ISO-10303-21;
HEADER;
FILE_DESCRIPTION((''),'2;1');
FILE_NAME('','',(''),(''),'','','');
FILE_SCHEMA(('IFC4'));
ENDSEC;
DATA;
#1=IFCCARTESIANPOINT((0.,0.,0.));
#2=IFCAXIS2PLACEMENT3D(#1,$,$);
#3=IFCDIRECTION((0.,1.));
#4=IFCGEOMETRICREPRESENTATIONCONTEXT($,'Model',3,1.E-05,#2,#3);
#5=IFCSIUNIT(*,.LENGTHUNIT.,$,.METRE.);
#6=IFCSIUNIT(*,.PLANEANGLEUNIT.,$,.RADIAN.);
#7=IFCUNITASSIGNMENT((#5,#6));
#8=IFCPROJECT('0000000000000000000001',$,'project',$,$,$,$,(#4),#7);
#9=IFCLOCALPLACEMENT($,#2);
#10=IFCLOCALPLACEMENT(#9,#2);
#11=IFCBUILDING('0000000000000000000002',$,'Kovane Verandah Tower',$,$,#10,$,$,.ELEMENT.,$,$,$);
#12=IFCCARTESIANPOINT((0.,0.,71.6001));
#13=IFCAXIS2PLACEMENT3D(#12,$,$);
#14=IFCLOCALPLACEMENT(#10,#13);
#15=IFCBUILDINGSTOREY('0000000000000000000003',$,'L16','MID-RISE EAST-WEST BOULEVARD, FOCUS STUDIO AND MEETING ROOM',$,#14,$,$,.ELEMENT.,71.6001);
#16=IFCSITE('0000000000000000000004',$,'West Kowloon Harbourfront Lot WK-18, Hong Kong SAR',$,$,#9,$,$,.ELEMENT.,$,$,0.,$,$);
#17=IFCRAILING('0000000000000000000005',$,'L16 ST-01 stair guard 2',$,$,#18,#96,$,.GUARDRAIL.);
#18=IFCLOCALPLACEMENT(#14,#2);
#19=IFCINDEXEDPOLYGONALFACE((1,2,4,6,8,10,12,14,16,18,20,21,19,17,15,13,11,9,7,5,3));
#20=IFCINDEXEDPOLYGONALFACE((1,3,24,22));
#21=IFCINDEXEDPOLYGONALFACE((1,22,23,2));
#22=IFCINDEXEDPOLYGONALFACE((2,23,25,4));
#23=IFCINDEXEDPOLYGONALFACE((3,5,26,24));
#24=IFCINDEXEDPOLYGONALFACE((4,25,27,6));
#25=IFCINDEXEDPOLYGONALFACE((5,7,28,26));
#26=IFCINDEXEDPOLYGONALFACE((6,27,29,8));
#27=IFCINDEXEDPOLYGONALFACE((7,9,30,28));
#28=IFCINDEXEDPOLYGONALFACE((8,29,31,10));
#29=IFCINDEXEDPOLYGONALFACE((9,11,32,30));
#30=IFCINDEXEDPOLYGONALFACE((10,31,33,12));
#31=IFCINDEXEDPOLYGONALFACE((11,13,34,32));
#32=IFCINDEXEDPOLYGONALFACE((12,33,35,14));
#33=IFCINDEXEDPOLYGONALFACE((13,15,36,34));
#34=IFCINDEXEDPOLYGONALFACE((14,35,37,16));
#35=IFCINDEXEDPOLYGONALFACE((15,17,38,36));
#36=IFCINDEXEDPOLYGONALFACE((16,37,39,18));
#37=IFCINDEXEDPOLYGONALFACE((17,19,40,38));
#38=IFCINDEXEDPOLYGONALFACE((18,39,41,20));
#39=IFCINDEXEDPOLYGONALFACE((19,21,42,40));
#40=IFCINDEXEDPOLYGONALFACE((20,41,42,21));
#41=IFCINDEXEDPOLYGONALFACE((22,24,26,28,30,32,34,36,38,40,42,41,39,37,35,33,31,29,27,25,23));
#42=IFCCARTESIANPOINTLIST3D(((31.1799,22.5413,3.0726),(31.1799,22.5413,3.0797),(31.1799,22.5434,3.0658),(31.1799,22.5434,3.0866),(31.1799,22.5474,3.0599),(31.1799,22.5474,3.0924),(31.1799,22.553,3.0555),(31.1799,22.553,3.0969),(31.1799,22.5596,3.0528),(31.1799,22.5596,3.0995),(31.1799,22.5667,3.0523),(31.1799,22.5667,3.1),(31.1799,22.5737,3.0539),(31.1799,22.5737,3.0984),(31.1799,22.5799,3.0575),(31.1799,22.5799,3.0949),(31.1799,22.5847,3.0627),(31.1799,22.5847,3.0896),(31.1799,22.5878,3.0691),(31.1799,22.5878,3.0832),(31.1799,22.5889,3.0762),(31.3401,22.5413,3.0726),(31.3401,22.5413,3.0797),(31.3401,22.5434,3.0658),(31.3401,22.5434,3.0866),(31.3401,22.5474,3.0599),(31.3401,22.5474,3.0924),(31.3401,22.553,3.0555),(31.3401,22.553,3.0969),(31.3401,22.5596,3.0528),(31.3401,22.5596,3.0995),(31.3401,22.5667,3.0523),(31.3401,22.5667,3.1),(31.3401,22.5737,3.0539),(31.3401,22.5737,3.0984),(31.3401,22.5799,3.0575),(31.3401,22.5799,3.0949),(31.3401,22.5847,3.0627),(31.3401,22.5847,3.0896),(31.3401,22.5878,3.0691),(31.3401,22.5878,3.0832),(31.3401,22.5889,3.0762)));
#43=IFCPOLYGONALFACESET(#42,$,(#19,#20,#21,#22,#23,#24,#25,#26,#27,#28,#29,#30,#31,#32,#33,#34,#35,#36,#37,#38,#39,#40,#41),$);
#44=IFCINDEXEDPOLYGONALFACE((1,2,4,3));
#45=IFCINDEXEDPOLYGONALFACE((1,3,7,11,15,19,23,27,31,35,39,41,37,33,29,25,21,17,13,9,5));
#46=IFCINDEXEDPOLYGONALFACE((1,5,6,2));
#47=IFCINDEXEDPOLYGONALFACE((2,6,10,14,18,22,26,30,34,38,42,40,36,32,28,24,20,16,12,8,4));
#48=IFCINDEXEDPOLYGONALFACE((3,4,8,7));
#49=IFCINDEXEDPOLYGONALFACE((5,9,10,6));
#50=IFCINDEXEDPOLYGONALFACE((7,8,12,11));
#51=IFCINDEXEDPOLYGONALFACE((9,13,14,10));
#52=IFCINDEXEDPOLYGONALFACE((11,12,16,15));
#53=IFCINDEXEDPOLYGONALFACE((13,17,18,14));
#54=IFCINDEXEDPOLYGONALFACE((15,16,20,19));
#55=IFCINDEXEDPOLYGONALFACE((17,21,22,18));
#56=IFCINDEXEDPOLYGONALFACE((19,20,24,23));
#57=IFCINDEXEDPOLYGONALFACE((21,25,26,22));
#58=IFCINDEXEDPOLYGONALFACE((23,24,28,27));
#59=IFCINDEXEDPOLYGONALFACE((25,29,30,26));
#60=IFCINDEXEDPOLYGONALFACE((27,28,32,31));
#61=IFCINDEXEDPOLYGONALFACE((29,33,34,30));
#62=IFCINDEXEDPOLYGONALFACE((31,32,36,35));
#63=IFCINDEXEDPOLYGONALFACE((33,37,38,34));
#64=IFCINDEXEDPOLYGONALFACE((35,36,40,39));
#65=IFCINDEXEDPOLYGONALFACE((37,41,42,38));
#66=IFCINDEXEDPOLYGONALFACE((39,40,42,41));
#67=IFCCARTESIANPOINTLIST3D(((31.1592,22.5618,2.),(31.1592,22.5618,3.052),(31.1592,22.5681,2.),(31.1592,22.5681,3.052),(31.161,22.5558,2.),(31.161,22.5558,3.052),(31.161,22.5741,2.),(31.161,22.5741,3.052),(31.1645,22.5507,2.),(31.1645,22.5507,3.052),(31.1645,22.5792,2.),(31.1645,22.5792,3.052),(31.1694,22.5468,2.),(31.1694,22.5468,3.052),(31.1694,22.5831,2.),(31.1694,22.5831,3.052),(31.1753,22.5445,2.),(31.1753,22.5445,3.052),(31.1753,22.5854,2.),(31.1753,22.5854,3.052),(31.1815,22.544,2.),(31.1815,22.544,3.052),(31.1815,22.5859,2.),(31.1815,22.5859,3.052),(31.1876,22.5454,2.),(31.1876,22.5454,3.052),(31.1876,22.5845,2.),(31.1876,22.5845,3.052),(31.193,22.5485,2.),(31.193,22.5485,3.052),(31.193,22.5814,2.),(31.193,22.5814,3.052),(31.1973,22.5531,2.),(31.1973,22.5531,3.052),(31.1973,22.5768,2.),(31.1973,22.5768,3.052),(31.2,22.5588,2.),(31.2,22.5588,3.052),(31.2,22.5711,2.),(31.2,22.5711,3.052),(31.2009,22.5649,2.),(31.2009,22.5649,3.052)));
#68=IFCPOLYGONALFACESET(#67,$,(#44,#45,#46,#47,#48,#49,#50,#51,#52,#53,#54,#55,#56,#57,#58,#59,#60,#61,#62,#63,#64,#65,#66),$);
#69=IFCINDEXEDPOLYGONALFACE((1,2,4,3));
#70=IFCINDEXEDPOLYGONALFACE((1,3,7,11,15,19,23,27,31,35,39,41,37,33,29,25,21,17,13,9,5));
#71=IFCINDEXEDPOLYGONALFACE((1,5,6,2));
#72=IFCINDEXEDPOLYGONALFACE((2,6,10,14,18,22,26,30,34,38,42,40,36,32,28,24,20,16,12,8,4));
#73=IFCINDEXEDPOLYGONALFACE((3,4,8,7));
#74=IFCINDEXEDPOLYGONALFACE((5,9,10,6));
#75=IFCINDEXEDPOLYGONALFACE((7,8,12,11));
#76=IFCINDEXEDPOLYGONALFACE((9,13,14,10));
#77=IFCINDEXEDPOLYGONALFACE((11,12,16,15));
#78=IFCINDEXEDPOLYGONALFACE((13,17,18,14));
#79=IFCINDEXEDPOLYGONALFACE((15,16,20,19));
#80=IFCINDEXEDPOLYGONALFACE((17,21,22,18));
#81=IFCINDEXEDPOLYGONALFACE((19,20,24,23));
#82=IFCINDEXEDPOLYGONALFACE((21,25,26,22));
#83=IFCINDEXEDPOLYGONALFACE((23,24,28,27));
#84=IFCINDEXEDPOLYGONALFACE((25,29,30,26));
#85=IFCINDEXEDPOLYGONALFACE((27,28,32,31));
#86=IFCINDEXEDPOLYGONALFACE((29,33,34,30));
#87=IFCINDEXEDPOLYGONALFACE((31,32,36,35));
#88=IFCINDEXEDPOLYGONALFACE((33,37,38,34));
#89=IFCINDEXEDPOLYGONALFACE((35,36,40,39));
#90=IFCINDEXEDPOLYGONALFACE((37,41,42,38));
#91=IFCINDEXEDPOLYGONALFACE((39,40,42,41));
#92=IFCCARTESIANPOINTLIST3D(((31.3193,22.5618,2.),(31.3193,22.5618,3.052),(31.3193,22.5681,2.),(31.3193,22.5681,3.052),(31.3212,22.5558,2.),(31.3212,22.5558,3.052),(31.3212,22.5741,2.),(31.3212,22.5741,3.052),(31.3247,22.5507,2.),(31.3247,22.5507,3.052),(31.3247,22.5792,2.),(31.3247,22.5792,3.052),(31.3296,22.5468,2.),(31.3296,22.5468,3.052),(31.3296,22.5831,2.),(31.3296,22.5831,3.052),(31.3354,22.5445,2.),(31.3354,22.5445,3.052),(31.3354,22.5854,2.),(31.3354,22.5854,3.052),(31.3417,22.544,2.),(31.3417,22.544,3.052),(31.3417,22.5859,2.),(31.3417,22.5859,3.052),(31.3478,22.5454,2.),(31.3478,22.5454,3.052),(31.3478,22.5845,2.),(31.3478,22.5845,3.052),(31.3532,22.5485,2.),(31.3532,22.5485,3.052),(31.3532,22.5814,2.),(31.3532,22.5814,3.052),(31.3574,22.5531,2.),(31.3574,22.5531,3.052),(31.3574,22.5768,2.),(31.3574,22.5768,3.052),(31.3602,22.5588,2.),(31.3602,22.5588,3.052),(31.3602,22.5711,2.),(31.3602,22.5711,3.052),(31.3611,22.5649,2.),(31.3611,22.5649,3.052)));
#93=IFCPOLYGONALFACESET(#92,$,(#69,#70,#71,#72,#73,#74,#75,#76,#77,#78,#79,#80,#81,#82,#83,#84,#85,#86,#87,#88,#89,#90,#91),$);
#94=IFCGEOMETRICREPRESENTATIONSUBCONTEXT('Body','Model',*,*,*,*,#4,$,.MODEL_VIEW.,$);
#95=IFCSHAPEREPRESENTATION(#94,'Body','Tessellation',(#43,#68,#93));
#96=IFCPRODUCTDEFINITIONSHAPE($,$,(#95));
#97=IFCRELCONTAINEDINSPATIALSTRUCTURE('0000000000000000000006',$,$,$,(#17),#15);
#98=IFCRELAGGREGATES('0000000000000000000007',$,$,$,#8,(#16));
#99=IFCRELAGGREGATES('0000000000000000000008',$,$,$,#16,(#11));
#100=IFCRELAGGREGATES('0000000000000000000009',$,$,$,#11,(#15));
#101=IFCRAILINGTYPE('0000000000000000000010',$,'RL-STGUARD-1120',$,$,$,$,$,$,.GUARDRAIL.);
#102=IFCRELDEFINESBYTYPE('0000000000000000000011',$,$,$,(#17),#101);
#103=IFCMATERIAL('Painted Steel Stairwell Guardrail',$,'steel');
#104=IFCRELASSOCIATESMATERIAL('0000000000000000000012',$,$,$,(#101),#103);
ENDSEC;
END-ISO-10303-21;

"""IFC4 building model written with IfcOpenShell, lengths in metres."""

from ifc_helpers import new_model, si_unit, direction, frame, origin, origin_2d, place, context, subcontext, project, spatial, circle, extrude, material, type_object, element, save


model = new_model("IFC4")

# Units and contexts
model_context = context("Model", 3, precision=1e-05, world=origin(), true_north=direction((0.0, 1.0)))
body_context = subcontext(model_context, "Body", "Model", "MODEL_VIEW")
ifc_project = project(units=[si_unit("LENGTHUNIT", "METRE"), si_unit("PLANEANGLEUNIT", "RADIAN")], contexts=[model_context])

# Site, building, storey
site_placement = place(None, origin())
site = spatial("IfcSite", under=ifc_project, at=site_placement, Name="West Kowloon Harbourfront Lot WK-18, Hong Kong SAR", CompositionType="ELEMENT", RefElevation=0.0)
building_placement = place(site_placement, origin())
building = spatial("IfcBuilding", under=site, at=building_placement, Name="Kovane Verandah Tower", CompositionType="ELEMENT")
storey_placement = place(building_placement, frame((0.0, 0.0, 71.6001)))
storey = spatial("IfcBuildingStorey", under=building, at=storey_placement, Name="L16", Description="MID-RISE EAST-WEST BOULEVARD, FOCUS STUDIO AND MEETING ROOM", CompositionType="ELEMENT", Elevation=71.6001)

# Railing
ifc_material_1 = material(Name="Painted Steel Stairwell Guardrail", Category="steel")
railing_type_1 = type_object("IfcRailingType", Name="RL-STGUARD-1120", PredefinedType="GUARDRAIL", material=ifc_material_1)
railing_1_placement = place(storey_placement, frame((31.1799, 22.5649, 2.0)))
element("IfcRailing", 1, at=railing_1_placement, inside=storey, type_object=railing_type_1, Name="L16 ST-01 stair guard 2", PredefinedType="GUARDRAIL", context=body_context, shape_type="SweptSolid", body=[
    extrude(circle(Radius=0.0239, at=origin_2d()), frame((0.0, 0.0, 1.0762), z_axis=(1.0, 0.0, 0.0), x_axis=(0.0, 1.0, 0.0)), (0.0, 0.0, 1.0), 0.1602),
    extrude(circle(Radius=0.021, at=origin_2d()), origin(), (0.0, 0.0, 1.0), 1.052),
    extrude(circle(Radius=0.021, at=origin_2d()), frame((0.1602, 0.0, 0.0)), (0.0, 0.0, 1.0), 1.052),
])

save(model, "model.ifc")
